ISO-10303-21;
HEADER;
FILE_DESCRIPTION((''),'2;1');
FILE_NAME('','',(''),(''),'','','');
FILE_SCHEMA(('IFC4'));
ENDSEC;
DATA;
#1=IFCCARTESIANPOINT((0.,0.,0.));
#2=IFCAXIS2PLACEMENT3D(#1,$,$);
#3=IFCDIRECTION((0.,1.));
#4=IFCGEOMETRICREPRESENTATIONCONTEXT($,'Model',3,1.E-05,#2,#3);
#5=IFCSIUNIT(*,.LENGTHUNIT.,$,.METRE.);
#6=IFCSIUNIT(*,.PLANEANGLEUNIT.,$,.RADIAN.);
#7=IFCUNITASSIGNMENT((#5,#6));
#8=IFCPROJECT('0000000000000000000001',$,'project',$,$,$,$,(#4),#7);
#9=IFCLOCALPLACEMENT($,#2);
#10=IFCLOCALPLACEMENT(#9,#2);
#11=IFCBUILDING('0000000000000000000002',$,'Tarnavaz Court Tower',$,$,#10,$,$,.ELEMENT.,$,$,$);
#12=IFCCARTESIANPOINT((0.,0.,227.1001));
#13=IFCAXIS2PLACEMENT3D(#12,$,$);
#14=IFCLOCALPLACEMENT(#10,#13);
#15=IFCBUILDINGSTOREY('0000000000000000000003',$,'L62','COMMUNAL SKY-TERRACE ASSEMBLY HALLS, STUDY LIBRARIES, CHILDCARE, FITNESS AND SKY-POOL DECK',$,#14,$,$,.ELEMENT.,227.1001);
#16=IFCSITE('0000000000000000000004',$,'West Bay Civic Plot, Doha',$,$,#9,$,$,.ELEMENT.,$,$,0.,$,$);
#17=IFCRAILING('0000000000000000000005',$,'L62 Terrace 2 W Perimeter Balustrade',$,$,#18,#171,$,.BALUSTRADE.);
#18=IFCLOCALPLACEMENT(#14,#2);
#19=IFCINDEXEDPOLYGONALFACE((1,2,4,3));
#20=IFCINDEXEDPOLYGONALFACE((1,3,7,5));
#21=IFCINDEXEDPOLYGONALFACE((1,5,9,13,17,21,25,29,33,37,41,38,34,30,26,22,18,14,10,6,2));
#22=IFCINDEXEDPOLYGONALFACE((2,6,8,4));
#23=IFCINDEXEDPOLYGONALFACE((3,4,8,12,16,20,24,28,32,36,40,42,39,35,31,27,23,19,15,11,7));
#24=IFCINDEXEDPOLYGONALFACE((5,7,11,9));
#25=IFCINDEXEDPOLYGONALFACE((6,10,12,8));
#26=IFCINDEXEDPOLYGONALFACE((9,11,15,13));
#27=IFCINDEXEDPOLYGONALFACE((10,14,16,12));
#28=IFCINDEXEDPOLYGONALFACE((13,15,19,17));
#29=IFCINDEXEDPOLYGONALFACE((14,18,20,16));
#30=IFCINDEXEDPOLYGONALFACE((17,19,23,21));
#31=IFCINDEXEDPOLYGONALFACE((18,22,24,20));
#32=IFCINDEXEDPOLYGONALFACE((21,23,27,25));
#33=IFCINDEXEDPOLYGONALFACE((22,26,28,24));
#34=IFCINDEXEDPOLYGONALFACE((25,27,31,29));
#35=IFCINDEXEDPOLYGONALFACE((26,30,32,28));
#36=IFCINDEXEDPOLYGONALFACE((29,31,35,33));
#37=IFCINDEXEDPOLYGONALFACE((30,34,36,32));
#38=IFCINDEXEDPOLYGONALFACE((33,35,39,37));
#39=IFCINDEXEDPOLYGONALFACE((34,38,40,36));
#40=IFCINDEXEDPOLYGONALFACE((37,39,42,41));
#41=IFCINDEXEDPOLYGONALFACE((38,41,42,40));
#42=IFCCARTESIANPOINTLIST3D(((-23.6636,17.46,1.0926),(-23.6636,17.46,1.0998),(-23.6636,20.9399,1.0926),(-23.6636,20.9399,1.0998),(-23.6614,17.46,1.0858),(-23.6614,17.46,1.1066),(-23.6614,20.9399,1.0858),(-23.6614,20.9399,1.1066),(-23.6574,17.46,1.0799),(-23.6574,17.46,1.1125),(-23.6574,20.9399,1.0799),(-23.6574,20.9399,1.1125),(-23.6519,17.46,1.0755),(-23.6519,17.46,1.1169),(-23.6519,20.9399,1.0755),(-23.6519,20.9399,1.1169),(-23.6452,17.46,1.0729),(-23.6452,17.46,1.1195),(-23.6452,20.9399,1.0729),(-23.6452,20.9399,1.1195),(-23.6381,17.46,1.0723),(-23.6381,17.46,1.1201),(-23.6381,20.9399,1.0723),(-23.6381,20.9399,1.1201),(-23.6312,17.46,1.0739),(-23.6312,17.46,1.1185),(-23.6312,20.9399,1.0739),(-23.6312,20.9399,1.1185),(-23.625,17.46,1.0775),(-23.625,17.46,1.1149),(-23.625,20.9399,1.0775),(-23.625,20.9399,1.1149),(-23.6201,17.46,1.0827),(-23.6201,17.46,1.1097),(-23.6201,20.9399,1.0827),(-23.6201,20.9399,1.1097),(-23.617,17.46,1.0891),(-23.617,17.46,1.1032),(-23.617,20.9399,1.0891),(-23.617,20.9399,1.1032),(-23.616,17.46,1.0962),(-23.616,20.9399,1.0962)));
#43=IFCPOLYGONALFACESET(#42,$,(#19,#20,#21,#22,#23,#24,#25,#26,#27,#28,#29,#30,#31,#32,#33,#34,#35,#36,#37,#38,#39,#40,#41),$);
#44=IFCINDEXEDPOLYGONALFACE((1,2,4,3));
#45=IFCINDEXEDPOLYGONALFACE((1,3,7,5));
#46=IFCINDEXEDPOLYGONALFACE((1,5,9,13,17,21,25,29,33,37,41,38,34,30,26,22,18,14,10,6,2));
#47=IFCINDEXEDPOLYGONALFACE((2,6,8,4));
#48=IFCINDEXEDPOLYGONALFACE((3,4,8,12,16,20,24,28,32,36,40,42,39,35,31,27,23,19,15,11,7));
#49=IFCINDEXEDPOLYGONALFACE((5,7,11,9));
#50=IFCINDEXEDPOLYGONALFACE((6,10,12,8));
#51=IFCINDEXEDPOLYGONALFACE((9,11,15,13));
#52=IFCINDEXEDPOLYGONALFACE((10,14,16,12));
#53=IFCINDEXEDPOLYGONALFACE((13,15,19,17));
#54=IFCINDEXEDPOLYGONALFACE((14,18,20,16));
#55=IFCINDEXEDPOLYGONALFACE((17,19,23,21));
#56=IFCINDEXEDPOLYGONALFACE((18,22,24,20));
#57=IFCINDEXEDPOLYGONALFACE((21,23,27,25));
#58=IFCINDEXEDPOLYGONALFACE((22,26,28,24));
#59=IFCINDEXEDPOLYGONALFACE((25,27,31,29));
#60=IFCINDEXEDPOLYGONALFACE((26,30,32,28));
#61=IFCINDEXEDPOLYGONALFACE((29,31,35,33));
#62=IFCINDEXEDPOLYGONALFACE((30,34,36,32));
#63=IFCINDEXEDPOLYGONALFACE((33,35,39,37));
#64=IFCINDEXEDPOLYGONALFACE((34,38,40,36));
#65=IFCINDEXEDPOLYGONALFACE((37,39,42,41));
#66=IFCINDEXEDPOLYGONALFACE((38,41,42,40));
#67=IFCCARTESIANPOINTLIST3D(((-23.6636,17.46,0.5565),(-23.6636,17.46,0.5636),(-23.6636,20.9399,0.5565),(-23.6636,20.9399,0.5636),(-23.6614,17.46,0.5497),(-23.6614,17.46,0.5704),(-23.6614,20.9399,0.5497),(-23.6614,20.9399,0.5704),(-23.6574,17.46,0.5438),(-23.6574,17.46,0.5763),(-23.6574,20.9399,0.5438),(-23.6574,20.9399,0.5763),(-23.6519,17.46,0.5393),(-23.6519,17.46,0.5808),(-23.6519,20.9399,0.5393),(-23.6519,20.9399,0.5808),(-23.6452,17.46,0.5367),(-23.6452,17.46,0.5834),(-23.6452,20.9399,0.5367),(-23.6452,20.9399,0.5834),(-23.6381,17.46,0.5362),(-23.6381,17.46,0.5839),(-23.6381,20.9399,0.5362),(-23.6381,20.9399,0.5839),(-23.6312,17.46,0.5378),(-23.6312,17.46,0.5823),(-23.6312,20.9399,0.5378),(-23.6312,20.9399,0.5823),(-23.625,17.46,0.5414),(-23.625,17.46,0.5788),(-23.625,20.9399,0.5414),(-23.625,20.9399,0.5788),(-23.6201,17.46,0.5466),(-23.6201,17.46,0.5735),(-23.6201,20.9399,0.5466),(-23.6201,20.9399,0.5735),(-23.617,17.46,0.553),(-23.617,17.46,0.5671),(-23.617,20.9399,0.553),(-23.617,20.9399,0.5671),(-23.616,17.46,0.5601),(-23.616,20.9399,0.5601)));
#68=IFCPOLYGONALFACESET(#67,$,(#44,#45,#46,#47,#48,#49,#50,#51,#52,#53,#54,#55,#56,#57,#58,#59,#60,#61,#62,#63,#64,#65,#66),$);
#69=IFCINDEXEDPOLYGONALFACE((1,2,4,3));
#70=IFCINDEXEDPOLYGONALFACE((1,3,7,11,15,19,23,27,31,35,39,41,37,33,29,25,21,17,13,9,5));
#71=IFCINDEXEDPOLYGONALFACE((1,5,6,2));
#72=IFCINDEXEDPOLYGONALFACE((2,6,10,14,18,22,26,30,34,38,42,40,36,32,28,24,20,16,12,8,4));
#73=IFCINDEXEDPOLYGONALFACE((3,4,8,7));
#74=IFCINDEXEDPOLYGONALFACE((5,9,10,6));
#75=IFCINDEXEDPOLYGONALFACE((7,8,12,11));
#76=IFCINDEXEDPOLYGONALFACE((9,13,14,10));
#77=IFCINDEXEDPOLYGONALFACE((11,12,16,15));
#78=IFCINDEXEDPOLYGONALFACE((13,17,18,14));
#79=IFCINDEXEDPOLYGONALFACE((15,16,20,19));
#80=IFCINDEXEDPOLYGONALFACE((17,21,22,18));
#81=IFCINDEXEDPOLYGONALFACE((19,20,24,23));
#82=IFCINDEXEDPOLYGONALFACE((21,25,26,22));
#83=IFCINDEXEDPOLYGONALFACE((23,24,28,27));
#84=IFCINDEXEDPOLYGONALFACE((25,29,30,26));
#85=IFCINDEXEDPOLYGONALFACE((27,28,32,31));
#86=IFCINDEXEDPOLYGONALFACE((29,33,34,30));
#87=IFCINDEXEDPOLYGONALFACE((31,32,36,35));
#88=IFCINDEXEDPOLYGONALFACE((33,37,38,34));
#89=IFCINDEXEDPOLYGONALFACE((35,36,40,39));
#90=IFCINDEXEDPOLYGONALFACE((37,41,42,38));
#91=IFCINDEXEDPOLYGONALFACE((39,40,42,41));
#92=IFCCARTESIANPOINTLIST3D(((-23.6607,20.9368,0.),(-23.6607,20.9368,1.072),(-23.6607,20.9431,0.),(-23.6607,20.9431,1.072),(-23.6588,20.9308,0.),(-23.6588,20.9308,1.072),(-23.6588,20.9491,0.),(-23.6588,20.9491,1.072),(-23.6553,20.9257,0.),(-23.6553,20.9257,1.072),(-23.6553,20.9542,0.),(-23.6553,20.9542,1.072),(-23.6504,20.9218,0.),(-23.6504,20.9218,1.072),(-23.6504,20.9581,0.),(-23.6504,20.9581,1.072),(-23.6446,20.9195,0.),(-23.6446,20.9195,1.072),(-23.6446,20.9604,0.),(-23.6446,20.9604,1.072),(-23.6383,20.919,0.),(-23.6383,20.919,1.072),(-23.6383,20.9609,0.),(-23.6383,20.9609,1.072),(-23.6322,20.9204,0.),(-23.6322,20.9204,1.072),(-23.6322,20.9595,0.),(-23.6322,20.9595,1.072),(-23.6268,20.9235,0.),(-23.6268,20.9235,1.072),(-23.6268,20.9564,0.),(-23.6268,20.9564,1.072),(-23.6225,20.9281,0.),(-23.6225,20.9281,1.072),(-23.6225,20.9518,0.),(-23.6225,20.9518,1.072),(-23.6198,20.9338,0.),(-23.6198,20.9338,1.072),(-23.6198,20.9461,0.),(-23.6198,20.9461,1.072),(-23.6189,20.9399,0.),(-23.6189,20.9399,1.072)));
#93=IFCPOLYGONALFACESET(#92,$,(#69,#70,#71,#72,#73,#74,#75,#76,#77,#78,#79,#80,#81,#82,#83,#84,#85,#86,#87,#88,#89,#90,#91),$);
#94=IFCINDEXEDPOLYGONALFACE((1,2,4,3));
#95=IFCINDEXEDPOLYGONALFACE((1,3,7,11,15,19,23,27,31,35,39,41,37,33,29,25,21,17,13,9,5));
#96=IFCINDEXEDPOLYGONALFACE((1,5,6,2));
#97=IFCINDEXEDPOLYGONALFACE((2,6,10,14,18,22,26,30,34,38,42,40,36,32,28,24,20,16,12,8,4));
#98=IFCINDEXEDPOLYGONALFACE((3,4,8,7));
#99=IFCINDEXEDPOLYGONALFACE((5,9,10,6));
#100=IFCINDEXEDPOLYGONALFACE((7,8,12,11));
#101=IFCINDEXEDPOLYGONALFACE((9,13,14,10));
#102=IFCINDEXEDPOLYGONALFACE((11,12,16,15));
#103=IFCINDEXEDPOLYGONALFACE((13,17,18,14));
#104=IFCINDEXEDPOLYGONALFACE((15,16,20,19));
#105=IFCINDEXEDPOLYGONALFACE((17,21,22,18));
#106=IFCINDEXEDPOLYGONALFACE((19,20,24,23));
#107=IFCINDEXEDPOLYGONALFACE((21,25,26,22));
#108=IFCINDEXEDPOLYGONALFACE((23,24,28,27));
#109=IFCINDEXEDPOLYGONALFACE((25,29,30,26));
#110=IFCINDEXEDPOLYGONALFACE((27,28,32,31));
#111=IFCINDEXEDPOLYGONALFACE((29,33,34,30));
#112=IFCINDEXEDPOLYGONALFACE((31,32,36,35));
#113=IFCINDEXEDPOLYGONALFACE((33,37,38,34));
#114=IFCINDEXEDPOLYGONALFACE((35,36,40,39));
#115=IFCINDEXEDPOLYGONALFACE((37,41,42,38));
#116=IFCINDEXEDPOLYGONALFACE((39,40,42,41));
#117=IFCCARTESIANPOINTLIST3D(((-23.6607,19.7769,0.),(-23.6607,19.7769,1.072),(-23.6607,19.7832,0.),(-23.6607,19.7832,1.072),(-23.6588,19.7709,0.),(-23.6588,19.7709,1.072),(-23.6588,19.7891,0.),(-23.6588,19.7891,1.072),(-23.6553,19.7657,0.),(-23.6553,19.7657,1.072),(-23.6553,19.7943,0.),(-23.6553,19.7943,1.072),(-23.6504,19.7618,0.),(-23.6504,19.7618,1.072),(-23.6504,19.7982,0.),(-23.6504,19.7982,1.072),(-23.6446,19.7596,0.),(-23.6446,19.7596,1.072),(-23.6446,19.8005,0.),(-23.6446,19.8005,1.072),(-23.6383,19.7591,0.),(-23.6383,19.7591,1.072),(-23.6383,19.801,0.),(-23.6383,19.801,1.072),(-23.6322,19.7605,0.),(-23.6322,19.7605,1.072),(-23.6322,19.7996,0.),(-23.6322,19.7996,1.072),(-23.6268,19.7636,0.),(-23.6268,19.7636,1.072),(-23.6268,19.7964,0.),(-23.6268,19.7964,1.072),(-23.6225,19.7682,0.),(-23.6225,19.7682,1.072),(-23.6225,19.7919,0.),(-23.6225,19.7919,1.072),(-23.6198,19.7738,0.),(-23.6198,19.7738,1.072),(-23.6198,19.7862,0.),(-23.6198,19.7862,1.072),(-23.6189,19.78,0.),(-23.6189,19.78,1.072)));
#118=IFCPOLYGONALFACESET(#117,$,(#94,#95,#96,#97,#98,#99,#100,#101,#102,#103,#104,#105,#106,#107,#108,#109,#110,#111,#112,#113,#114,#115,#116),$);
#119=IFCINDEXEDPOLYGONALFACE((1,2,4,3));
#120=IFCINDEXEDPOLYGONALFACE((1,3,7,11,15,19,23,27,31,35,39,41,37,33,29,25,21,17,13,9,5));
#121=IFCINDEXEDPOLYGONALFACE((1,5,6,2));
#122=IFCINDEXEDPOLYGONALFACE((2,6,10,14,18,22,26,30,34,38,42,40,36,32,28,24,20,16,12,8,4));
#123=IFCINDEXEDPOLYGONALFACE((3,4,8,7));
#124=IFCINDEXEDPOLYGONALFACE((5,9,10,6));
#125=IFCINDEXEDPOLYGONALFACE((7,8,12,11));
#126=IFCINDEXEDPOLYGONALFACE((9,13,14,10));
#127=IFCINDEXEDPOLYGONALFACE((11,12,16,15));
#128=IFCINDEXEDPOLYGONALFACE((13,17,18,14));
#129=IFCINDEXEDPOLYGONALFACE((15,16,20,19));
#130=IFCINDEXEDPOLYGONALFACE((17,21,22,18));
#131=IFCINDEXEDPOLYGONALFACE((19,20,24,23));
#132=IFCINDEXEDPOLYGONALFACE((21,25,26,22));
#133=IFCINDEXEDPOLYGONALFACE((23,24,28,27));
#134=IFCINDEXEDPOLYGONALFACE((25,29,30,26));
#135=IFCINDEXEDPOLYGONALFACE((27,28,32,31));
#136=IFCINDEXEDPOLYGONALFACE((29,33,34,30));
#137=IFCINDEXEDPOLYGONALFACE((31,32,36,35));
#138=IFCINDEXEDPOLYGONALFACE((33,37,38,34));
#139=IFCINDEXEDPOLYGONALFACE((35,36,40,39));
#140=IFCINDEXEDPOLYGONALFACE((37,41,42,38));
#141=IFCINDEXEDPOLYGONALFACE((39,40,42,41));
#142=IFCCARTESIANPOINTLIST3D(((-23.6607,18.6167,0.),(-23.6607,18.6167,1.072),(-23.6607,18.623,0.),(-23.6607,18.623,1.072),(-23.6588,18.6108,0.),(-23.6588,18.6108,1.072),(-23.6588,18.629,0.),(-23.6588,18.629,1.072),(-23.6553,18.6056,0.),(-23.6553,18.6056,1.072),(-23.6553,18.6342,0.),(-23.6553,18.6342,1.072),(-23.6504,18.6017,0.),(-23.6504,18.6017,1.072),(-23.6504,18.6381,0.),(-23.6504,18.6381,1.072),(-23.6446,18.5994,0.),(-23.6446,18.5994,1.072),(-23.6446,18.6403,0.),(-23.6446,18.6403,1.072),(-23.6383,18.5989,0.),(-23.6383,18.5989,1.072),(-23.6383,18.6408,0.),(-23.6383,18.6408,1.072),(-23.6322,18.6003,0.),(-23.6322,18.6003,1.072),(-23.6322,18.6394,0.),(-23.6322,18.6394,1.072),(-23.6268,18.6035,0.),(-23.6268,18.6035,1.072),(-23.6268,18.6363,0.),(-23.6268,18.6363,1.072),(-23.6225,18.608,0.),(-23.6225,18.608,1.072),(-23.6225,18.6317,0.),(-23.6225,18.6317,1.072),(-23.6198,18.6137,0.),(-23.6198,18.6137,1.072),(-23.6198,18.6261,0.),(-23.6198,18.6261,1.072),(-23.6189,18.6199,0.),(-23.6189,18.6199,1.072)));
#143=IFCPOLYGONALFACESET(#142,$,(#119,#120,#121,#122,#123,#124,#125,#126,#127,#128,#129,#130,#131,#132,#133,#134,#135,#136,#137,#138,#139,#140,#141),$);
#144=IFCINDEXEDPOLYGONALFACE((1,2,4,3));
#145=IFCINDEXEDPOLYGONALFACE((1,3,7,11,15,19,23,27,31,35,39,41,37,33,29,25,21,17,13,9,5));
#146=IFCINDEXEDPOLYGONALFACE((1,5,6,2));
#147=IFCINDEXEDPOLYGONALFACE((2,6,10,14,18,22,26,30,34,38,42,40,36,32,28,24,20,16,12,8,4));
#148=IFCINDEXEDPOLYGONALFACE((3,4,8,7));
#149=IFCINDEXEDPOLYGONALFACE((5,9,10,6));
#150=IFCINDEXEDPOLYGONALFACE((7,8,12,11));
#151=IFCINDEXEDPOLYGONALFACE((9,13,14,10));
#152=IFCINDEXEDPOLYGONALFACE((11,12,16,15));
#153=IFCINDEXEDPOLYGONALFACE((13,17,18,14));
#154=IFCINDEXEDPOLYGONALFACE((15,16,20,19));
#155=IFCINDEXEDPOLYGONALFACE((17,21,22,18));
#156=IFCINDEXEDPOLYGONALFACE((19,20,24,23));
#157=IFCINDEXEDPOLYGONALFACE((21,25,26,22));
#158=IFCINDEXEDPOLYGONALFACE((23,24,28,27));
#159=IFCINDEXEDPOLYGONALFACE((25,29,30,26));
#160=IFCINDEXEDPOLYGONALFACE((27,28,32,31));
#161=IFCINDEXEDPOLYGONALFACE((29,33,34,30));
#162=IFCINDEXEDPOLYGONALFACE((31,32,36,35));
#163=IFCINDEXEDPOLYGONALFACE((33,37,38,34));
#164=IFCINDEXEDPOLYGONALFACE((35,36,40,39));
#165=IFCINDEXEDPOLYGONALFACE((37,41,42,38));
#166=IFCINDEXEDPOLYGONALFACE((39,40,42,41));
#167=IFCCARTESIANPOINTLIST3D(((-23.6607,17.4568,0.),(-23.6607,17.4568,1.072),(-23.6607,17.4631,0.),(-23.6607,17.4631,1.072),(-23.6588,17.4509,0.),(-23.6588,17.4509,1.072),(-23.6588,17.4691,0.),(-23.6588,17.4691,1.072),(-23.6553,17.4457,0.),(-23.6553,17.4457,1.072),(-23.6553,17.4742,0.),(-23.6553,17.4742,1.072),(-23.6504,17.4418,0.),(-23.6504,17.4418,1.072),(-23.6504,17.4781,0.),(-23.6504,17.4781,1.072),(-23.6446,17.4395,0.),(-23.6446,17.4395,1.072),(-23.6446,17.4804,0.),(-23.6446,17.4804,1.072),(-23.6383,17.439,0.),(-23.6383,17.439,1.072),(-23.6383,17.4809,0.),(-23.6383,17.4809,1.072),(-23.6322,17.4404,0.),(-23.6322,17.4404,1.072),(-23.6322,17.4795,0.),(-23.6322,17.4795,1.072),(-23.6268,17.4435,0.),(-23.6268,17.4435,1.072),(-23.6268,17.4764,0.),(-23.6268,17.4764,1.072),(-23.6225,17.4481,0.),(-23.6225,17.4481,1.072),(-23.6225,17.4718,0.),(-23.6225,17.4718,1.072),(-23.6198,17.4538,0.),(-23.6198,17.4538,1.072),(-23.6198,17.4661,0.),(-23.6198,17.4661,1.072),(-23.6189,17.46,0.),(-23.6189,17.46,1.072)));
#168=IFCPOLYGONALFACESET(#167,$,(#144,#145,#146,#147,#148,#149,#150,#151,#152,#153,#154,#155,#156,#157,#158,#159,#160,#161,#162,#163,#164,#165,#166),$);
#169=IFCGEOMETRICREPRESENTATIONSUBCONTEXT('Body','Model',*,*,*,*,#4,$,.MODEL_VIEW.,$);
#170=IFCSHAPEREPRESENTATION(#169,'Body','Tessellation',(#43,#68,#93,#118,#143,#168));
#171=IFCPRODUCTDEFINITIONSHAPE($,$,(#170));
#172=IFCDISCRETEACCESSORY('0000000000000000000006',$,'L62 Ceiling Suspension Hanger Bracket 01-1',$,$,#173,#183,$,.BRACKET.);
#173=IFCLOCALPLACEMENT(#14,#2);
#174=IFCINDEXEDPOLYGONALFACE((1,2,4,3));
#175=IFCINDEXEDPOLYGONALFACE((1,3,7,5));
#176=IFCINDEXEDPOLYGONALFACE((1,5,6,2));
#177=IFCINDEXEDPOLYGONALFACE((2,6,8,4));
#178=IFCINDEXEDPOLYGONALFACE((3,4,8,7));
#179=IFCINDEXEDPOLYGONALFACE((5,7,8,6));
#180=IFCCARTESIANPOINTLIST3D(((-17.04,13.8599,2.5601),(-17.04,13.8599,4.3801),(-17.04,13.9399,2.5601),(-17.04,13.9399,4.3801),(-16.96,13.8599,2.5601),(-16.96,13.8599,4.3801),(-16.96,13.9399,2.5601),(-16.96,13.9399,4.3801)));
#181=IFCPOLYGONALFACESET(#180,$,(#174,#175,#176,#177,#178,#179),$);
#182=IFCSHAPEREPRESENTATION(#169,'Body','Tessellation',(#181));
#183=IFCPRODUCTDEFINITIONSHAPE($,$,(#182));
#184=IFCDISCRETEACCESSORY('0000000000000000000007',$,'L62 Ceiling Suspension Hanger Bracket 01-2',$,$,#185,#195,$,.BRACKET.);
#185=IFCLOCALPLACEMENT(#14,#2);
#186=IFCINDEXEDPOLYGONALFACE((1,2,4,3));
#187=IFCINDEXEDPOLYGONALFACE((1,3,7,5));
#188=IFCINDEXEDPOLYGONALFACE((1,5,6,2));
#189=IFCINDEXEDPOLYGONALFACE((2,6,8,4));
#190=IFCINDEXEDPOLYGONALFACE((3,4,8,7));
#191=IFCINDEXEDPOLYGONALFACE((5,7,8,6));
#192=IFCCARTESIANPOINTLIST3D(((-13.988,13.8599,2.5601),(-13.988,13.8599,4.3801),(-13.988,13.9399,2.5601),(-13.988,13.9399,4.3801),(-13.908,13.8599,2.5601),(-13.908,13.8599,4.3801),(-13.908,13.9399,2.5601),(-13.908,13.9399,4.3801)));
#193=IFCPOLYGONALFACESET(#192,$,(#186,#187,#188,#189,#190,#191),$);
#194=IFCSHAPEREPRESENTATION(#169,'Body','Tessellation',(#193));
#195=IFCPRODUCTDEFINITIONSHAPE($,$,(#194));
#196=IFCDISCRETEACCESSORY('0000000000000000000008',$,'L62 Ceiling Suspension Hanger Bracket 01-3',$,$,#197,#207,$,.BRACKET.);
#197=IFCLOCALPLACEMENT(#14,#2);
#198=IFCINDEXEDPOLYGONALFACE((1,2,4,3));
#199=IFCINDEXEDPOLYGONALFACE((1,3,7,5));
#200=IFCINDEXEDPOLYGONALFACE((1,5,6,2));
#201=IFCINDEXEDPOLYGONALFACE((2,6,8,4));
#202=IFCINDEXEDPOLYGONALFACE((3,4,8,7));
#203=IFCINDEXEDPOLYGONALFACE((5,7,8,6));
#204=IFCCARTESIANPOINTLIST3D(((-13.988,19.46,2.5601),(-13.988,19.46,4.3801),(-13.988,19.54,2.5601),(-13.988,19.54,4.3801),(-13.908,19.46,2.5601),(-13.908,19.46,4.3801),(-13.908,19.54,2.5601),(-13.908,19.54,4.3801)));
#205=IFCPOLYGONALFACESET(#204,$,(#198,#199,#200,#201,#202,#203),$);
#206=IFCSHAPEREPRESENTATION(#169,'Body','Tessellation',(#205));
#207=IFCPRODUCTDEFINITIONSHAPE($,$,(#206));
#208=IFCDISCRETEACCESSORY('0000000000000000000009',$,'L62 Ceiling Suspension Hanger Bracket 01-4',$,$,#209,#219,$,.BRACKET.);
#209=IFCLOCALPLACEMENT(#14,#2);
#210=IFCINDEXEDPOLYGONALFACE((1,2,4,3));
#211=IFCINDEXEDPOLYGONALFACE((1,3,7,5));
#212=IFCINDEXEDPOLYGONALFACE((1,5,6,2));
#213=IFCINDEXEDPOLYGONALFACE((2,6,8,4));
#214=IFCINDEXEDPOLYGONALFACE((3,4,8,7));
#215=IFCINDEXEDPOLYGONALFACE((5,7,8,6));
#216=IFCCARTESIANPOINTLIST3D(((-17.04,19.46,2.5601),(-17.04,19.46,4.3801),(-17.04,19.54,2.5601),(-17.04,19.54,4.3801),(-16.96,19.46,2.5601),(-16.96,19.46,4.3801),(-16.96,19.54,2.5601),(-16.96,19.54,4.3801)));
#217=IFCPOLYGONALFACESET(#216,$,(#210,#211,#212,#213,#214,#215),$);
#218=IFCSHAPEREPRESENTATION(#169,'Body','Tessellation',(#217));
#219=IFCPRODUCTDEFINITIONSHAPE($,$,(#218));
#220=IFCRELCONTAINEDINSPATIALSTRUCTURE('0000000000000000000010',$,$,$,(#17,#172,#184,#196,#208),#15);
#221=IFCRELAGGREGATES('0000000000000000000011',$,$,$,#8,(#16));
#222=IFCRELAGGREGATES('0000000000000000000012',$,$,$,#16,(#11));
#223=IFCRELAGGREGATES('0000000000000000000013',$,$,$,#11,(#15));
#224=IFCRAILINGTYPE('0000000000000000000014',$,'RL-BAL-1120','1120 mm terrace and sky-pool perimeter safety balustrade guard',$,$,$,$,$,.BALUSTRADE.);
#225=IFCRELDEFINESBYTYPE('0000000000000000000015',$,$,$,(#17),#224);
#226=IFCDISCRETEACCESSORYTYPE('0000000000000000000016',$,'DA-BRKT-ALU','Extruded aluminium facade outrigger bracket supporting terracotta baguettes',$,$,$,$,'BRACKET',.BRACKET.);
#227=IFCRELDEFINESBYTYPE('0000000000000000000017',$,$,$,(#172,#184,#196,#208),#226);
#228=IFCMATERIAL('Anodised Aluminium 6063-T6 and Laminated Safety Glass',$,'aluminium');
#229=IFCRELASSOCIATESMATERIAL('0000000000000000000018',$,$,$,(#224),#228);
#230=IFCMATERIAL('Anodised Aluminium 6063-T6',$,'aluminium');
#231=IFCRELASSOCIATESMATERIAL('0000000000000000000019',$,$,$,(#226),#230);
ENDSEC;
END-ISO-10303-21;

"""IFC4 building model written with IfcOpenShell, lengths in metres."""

from ifc_helpers import new_model, si_unit, direction, frame, origin, origin_2d, place, context, subcontext, project, spatial, rectangle, circle, extrude, material, type_object, element, save


model = new_model("IFC4")

# Units and contexts
model_context = context("Model", 3, precision=1e-05, world=origin(), true_north=direction((0.0, 1.0)))
body_context = subcontext(model_context, "Body", "Model", "MODEL_VIEW")
ifc_project = project(units=[si_unit("LENGTHUNIT", "METRE"), si_unit("PLANEANGLEUNIT", "RADIAN")], contexts=[model_context])

# Site, building, storey
site_placement = place(None, origin())
site = spatial("IfcSite", under=ifc_project, at=site_placement, Name="West Bay Civic Plot, Doha", CompositionType="ELEMENT", RefElevation=0.0)
building_placement = place(site_placement, origin())
building = spatial("IfcBuilding", under=site, at=building_placement, Name="Tarnavaz Court Tower", CompositionType="ELEMENT")
storey_placement = place(building_placement, frame((0.0, 0.0, 227.1001)))
storey = spatial("IfcBuildingStorey", under=building, at=storey_placement, Name="L62", Description="COMMUNAL SKY-TERRACE ASSEMBLY HALLS, STUDY LIBRARIES, CHILDCARE, FITNESS AND SKY-POOL DECK", CompositionType="ELEMENT", Elevation=227.1001)

# Railing
ifc_material_1 = material(Name="Anodised Aluminium 6063-T6 and Laminated Safety Glass", Category="aluminium")
railing_type = type_object("IfcRailingType", Name="RL-BAL-1120", Description="1120 mm terrace and sky-pool perimeter safety balustrade guard", PredefinedType="BALUSTRADE", material=ifc_material_1)
railing_1_placement = place(storey_placement, frame((-23.6399, 20.9399, 0.0)))
element("IfcRailing", 1, at=railing_1_placement, inside=storey, type_object=railing_type, Name="L62 Terrace 2 W Perimeter Balustrade", PredefinedType="BALUSTRADE", context=body_context, shape_type="SweptSolid", body=[
    extrude(circle(Radius=0.0239, at=origin_2d()), frame((0.0, 0.0, 1.0962), z_axis=(0.0, -1.0, 0.0), x_axis=(1.0, 0.0, 0.0)), (0.0, 0.0, 1.0), 3.48),
    extrude(circle(Radius=0.0239, at=origin_2d()), frame((0.0, 0.0, 0.5601), z_axis=(0.0, -1.0, 0.0), x_axis=(1.0, 0.0, 0.0)), (0.0, 0.0, 1.0), 3.48),
    extrude(circle(Radius=0.021, at=origin_2d()), origin(), (0.0, 0.0, 1.0), 1.072),
    extrude(circle(Radius=0.021, at=origin_2d()), frame((0.0, -1.1599, 0.0)), (0.0, 0.0, 1.0), 1.072),
    extrude(circle(Radius=0.021, at=origin_2d()), frame((0.0, -2.3201, 0.0)), (0.0, 0.0, 1.0), 1.072),
    extrude(circle(Radius=0.021, at=origin_2d()), frame((0.0, -3.48, 0.0)), (0.0, 0.0, 1.0), 1.072),
])

# Discrete accessories
ifc_material_2 = material(Name="Anodised Aluminium 6063-T6", Category="aluminium")
discrete_accessory_type_1 = type_object("IfcDiscreteAccessoryType", Name="DA-BRKT-ALU", Description="Extruded aluminium facade outrigger bracket supporting terracotta baguettes", ElementType="BRACKET", PredefinedType="BRACKET", material=ifc_material_2)
for number, where, z_axis, x_axis, name in (
    (2, (-17.0, 13.8999, 2.5601), (0.0, 0.0, 1.0), (1.0, 0.0, 0.0), "L62 Ceiling Suspension Hanger Bracket 01-1"),
    (3, (-13.948, 13.8999, 2.5601), (0.0, 0.0, 1.0), (1.0, 0.0, 0.0), "L62 Ceiling Suspension Hanger Bracket 01-2"),
    (4, (-13.948, 19.5, 2.5601), (0.0, 0.0, 1.0), (1.0, 0.0, 0.0), "L62 Ceiling Suspension Hanger Bracket 01-3"),
    (5, (-17.0, 19.5, 2.5601), (0.0, 0.0, 1.0), (1.0, 0.0, 0.0), "L62 Ceiling Suspension Hanger Bracket 01-4"),
):
    element("IfcDiscreteAccessory", number, at=place(storey_placement, frame(where, z_axis=z_axis, x_axis=x_axis)), inside=storey, type_object=discrete_accessory_type_1, Name=name, PredefinedType="BRACKET", context=body_context, shape_type="SweptSolid", body=[
        extrude(rectangle(XDim=0.0801, YDim=0.0801, at=origin_2d()), origin(), (0.0, 0.0, 1.0), 1.8201),
    ])

save(model, "model.ifc")
